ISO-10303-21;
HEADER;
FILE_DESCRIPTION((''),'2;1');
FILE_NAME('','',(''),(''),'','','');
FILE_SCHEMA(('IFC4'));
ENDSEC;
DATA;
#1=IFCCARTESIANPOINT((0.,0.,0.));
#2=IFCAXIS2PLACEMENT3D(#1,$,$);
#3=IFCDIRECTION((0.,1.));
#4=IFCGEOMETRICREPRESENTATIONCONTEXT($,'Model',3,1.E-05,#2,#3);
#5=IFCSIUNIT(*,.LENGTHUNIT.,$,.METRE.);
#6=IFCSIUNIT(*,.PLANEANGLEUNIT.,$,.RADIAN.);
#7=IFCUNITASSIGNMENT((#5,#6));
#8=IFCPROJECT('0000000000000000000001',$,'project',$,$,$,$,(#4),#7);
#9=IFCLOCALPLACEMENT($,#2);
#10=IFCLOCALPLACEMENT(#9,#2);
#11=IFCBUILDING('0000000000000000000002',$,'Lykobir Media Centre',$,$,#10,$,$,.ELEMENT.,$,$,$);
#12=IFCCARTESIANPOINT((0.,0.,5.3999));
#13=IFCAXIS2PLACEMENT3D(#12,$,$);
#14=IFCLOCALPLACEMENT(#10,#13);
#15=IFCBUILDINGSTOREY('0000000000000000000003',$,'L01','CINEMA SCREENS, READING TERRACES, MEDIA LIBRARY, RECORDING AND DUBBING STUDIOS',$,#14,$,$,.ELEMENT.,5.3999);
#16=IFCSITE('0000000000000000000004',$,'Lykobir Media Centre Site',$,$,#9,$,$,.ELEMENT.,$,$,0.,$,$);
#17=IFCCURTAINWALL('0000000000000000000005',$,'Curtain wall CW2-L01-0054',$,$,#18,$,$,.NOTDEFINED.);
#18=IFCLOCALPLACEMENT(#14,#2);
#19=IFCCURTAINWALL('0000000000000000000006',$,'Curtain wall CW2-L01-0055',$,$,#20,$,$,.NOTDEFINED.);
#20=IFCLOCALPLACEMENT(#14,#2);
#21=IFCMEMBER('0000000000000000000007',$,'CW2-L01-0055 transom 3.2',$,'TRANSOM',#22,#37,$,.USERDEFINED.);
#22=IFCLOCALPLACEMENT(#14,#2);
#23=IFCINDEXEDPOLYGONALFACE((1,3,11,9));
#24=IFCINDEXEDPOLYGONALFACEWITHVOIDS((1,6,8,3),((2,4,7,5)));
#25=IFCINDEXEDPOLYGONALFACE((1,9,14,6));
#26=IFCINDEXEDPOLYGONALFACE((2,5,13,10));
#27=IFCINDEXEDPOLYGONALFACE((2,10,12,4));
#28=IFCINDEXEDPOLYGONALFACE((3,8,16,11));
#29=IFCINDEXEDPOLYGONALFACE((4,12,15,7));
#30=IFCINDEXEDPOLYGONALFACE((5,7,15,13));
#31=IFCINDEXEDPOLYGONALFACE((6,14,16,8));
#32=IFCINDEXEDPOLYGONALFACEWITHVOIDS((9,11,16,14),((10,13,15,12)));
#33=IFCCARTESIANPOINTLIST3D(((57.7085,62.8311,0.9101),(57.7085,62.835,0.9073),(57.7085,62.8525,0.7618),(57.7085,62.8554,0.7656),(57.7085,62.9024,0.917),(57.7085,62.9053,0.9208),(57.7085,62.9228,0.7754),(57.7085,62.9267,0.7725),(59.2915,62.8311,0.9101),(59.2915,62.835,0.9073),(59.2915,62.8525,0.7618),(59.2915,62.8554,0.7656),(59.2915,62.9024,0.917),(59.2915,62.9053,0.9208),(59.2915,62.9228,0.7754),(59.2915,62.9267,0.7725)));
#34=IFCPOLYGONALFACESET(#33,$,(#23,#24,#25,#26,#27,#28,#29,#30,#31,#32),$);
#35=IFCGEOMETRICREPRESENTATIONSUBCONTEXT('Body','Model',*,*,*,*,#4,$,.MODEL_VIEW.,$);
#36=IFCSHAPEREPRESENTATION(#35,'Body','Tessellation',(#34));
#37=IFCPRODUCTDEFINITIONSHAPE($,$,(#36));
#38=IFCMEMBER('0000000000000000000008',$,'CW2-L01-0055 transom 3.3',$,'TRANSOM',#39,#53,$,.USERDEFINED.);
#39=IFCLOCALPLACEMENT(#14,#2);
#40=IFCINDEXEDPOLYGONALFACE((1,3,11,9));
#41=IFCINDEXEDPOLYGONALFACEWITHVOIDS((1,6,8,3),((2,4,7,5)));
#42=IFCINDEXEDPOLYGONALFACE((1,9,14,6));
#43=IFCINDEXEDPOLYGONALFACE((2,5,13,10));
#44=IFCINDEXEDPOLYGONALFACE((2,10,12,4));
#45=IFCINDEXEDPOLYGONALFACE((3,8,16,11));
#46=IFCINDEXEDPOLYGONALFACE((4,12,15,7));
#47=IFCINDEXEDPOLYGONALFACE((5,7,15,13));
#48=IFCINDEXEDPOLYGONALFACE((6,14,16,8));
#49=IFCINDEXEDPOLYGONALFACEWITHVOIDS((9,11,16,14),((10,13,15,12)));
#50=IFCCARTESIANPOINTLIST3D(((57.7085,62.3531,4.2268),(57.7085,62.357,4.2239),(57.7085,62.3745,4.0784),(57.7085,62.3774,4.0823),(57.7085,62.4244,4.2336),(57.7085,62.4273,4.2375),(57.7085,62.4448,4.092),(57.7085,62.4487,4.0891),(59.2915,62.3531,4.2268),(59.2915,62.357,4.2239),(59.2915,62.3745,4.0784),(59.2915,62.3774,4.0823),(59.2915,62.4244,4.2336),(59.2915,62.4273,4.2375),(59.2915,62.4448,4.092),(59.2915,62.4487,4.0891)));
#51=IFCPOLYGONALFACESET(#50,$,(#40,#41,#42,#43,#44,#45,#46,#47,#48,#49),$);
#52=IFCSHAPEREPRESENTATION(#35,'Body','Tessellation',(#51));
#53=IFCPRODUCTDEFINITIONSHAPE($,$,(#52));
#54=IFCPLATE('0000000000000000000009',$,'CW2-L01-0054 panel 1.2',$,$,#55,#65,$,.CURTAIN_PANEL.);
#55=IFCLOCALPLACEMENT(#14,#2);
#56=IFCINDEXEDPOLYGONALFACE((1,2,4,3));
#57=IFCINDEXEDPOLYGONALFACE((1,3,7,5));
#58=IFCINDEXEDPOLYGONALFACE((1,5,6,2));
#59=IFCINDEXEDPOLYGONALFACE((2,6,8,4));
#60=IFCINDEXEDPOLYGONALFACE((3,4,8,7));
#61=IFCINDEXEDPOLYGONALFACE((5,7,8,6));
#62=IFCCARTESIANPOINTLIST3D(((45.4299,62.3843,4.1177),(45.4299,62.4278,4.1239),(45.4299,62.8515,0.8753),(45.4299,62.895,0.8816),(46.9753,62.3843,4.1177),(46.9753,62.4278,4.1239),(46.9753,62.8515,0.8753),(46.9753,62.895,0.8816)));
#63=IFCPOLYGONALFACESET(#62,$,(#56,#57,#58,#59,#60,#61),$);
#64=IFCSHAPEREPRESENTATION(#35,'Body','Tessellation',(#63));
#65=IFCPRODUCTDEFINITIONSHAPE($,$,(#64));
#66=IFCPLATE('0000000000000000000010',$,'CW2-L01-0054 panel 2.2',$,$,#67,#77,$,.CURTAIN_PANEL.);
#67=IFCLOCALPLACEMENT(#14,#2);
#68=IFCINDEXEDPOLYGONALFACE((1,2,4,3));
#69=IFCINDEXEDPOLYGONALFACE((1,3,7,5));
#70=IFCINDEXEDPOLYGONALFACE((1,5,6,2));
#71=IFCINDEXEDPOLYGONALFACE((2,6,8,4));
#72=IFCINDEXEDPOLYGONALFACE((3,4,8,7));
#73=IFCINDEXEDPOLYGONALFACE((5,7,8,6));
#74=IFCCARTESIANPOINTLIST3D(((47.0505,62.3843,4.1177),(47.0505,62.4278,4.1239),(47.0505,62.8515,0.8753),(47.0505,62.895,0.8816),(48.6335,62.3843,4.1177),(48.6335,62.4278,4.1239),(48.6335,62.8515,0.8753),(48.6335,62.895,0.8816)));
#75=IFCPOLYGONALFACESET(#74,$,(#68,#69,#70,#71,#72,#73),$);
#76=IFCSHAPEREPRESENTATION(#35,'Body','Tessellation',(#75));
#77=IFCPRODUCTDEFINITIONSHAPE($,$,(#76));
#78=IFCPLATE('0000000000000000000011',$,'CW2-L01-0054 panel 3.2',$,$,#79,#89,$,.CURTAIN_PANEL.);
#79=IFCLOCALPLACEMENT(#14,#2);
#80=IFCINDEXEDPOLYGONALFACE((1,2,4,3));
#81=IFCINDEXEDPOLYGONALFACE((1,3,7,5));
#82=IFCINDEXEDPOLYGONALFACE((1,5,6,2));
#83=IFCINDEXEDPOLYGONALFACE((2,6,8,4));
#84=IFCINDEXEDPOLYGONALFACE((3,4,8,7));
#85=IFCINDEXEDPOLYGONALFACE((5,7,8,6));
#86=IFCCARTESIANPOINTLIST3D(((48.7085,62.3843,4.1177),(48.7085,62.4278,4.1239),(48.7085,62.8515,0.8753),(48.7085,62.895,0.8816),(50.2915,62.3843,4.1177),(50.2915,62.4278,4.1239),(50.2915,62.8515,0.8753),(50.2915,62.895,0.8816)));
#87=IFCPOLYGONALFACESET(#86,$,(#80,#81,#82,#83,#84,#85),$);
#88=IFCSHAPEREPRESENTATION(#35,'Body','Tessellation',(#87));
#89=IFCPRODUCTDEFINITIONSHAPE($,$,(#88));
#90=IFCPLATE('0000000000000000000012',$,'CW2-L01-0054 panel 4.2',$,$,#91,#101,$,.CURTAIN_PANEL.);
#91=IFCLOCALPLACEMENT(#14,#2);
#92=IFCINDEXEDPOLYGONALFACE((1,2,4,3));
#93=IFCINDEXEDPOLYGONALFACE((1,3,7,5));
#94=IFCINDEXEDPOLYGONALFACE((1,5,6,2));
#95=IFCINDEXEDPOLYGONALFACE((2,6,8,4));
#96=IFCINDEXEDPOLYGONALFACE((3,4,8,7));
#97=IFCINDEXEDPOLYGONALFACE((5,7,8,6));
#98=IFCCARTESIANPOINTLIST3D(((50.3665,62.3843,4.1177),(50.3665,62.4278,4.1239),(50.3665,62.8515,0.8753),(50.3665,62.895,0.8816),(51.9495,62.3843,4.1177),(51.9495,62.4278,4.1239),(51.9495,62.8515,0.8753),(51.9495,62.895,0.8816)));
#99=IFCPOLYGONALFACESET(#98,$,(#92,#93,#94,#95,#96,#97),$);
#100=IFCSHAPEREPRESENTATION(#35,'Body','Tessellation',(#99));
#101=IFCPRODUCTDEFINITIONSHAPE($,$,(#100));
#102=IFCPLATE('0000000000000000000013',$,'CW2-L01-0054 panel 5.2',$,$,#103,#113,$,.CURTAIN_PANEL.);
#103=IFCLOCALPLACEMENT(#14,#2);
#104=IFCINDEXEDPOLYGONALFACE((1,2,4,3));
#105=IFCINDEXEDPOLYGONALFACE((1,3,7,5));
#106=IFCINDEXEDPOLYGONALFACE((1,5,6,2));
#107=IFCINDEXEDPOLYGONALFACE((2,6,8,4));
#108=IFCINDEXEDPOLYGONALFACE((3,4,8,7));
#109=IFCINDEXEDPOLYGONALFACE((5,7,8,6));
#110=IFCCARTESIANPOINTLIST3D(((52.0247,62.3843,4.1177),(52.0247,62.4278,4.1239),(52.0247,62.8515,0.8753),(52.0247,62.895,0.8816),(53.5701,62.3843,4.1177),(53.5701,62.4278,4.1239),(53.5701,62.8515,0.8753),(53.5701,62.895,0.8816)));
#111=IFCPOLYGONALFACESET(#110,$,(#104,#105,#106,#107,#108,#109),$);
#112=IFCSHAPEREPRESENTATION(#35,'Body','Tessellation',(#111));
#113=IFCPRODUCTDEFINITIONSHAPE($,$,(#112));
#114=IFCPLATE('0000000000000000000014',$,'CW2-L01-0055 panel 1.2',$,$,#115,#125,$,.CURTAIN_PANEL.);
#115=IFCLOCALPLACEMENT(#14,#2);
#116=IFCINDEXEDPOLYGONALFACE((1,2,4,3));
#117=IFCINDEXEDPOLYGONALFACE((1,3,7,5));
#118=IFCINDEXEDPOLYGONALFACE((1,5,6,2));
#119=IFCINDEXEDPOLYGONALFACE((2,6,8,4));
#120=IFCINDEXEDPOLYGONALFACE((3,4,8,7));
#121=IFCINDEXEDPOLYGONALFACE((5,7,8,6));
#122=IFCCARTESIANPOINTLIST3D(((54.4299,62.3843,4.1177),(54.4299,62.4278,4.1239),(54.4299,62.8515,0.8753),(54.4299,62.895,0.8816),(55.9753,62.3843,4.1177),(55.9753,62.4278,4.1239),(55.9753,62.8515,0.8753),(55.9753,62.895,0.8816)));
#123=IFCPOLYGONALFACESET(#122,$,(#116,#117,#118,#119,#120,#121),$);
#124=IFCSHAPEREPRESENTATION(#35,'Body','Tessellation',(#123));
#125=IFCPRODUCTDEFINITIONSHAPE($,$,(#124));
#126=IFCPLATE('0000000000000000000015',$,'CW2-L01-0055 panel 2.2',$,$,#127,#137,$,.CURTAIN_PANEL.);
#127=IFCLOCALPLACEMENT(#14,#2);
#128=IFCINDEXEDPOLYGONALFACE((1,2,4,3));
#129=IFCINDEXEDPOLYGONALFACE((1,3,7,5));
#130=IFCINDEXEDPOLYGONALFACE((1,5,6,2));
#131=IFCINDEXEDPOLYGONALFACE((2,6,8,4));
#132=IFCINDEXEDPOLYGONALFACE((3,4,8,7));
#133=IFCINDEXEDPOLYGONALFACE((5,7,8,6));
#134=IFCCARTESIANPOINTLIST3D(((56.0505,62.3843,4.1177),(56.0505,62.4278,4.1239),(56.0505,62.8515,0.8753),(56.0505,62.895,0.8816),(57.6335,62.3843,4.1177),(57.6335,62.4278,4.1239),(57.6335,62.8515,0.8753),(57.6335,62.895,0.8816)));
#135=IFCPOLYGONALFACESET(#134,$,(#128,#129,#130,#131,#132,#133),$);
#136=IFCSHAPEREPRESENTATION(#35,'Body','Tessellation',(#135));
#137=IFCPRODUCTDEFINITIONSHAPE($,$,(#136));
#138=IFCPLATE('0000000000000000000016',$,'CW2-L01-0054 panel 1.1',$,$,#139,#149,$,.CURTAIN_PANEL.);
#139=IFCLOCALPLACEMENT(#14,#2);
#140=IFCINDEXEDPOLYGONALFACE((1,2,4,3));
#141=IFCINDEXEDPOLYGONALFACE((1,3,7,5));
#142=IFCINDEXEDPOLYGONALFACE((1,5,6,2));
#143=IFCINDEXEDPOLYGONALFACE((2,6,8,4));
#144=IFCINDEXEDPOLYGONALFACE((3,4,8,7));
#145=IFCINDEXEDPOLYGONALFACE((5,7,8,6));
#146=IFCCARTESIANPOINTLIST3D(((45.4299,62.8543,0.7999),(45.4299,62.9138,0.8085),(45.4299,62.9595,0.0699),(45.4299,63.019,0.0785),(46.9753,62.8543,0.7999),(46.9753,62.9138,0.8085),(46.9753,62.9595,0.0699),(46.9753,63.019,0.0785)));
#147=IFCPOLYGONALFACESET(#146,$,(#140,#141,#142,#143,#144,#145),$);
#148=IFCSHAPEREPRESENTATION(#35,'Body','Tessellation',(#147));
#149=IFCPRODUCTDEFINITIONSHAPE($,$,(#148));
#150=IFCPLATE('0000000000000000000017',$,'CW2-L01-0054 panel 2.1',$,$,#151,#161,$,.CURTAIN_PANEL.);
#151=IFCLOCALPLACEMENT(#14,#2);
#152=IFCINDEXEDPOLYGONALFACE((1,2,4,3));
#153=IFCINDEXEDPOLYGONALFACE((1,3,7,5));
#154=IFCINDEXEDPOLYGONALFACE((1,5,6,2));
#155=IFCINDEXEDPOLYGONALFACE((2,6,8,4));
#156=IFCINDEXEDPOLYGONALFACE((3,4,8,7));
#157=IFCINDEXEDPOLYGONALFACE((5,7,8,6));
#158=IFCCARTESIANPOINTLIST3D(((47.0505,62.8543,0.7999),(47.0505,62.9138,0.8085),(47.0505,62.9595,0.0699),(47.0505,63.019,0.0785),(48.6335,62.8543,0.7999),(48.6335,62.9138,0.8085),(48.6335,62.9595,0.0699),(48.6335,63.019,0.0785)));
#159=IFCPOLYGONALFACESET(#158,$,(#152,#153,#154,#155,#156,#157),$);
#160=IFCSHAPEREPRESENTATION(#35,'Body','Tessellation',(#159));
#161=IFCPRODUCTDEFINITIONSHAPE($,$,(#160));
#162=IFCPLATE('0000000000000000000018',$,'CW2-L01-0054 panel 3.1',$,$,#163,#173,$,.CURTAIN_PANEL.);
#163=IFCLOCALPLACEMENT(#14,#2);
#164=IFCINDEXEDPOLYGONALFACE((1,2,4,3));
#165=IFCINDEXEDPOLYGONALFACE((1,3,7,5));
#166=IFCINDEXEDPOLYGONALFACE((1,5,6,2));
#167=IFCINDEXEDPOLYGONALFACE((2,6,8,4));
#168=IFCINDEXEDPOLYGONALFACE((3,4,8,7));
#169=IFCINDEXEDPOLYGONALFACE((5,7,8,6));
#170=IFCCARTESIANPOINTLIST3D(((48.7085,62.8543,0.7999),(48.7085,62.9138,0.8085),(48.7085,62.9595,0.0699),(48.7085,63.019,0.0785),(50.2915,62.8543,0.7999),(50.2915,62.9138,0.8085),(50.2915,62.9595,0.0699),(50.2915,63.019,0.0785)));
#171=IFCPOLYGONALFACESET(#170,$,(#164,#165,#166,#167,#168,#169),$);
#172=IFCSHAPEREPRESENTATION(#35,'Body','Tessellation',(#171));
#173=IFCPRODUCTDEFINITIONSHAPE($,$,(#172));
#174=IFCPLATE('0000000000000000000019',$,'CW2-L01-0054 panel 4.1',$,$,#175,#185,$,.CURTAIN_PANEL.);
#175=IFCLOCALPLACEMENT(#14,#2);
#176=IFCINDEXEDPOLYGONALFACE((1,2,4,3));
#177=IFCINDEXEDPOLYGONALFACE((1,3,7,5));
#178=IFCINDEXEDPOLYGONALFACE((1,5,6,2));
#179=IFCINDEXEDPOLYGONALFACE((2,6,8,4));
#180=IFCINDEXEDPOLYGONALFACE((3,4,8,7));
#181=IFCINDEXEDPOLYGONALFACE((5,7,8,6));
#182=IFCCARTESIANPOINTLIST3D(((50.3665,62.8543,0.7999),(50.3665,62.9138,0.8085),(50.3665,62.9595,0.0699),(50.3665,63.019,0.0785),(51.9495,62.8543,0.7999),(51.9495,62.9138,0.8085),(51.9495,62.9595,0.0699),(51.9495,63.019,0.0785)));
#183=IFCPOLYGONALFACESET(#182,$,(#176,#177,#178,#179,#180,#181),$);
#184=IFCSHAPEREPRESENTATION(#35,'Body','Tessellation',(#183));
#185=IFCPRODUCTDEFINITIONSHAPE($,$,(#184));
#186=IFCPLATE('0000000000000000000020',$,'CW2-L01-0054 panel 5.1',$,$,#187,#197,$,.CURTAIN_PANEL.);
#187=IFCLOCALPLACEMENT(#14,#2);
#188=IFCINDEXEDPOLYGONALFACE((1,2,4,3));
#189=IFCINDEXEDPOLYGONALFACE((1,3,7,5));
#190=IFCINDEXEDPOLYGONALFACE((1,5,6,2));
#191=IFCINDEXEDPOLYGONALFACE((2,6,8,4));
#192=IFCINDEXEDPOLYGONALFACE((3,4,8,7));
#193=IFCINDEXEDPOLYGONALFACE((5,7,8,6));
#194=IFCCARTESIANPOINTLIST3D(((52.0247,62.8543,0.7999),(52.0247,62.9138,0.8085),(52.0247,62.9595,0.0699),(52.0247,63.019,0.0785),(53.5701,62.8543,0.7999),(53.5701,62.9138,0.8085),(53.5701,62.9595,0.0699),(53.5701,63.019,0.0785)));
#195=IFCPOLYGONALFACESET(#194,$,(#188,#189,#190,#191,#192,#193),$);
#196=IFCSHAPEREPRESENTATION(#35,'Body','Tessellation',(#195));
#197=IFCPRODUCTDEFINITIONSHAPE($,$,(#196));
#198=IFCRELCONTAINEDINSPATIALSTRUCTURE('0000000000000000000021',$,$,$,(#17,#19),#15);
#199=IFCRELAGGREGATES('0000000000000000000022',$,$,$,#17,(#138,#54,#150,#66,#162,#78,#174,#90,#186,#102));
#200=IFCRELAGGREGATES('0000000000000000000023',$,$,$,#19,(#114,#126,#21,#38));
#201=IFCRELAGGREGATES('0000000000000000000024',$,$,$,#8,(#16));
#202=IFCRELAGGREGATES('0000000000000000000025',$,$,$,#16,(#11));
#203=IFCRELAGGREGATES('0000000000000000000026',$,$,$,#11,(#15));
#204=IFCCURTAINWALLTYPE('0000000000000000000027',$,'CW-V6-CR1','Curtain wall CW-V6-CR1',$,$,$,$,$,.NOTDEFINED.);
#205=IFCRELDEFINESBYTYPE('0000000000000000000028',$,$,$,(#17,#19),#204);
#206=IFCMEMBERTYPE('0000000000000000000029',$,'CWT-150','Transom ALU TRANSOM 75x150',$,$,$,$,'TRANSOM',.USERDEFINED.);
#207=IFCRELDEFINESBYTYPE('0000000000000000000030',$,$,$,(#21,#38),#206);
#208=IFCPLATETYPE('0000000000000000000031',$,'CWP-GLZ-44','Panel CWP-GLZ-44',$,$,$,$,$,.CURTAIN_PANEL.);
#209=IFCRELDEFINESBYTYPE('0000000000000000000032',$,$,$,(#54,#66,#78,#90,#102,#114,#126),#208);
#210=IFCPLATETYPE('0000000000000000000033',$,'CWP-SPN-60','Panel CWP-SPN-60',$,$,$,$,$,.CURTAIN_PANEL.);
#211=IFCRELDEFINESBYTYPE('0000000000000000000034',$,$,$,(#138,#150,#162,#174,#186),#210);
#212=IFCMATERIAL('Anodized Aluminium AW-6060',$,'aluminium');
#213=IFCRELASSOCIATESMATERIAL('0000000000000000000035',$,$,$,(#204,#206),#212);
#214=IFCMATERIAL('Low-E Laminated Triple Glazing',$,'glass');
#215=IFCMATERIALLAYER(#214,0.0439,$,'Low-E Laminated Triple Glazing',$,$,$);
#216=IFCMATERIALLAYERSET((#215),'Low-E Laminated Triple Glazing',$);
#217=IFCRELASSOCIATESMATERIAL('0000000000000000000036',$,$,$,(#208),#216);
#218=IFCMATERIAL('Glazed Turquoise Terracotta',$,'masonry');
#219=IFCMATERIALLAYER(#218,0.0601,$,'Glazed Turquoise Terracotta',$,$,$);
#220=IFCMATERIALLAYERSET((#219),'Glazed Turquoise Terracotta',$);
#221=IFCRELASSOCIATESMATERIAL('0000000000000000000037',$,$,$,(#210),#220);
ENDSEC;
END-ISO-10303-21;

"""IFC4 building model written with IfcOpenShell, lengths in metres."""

from ifc_helpers import new_model, si_unit, direction, frame, origin, origin_2d, place, context, subcontext, project, spatial, rectangle, hollow_rectangle, extrude, material, layer, layer_set, material_profile, profile_set, type_object, element, aggregate, save


model = new_model("IFC4")

# Units and contexts
model_context = context("Model", 3, precision=1e-05, world=origin(), true_north=direction((0.0, 1.0)))
body_context = subcontext(model_context, "Body", "Model", "MODEL_VIEW")
ifc_project = project(units=[si_unit("LENGTHUNIT", "METRE"), si_unit("PLANEANGLEUNIT", "RADIAN")], contexts=[model_context])

# Site, building, storey
site_placement = place(None, origin())
site = spatial("IfcSite", under=ifc_project, at=site_placement, Name="Lykobir Media Centre Site", CompositionType="ELEMENT", RefElevation=0.0)
building_placement = place(site_placement, origin())
building = spatial("IfcBuilding", under=site, at=building_placement, Name="Lykobir Media Centre", CompositionType="ELEMENT")
storey_placement = place(building_placement, frame((0.0, 0.0, 5.3999)))
storey = spatial("IfcBuildingStorey", under=building, at=storey_placement, Name="L01", Description="CINEMA SCREENS, READING TERRACES, MEDIA LIBRARY, RECORDING AND DUBBING STUDIOS", CompositionType="ELEMENT", Elevation=5.3999)

# Curtain walls, members
ifc_material_1 = material(Name="Anodized Aluminium AW-6060", Category="aluminium")
curtain_wall_type = type_object("IfcCurtainWallType", Name="CW-V6-CR1", Description="Curtain wall CW-V6-CR1", PredefinedType="NOTDEFINED", material=ifc_material_1)
curtain_wall_1_placement = place(storey_placement, origin())
curtain_wall_1 = element("IfcCurtainWall", 1, at=curtain_wall_1_placement, inside=storey, type_object=curtain_wall_type, Name="Curtain wall CW2-L01-0054", PredefinedType="NOTDEFINED")
ifc_material_profile = material_profile(ifc_material_1, hollow_rectangle(XDim=0.075, YDim=0.1499, WallThickness=0.0034, at=origin_2d()), Name="ALU TRANSOM 75x150")
ifc_profile_set = profile_set([ifc_material_profile], Name="Anodized Aluminium AW-6060")
member_type = type_object("IfcMemberType", Name="CWT-150", Description="Transom ALU TRANSOM 75x150", ElementType="TRANSOM", PredefinedType="USERDEFINED", material=ifc_profile_set)
curtain_wall_2_placement = place(storey_placement, origin())
curtain_wall_2 = element("IfcCurtainWall", 2, at=curtain_wall_2_placement, inside=storey, type_object=curtain_wall_type, Name="Curtain wall CW2-L01-0055", PredefinedType="NOTDEFINED")
member_1_placement = place(storey_placement, frame((57.7085, 62.8789, 0.8413), z_axis=(1.0, 0.0, 0.0), x_axis=(0.0, 0.989776, 0.142629)))
member_1 = element("IfcMember", 3, at=member_1_placement, type_object=member_type, Name="CW2-L01-0055 transom 3.2", ObjectType="TRANSOM", PredefinedType="USERDEFINED", context=body_context, shape_type="SweptSolid", body=[
    extrude(hollow_rectangle(XDim=0.075, YDim=0.1499, WallThickness=0.0034, at=origin_2d()), origin(), (0.0, 0.0, 1.0), 1.583),
])
member_2_placement = place(storey_placement, frame((57.7085, 62.4009, 4.158), z_axis=(1.0, 0.0, 0.0), x_axis=(0.0, 0.989776, 0.142629)))
member_2 = element("IfcMember", 4, at=member_2_placement, type_object=member_type, Name="CW2-L01-0055 transom 3.3", ObjectType="TRANSOM", PredefinedType="USERDEFINED", context=body_context, shape_type="SweptSolid", body=[
    extrude(hollow_rectangle(XDim=0.075, YDim=0.1499, WallThickness=0.0034, at=origin_2d()), origin(), (0.0, 0.0, 1.0), 1.583),
])

# Plates
ifc_material_2 = material(Name="Low-E Laminated Triple Glazing", Category="glass")
ifc_layer_1 = layer(ifc_material_2, 0.0439, Name="Low-E Laminated Triple Glazing")
ifc_layer_set_1 = layer_set([ifc_layer_1], Name="Low-E Laminated Triple Glazing")
plate_type_1 = type_object("IfcPlateType", Name="CWP-GLZ-44", Description="Panel CWP-GLZ-44", PredefinedType="CURTAIN_PANEL", material=ifc_layer_set_1)
plate_1_placement = place(storey_placement, frame((46.2026, 62.8733, 0.8784), z_axis=(0.0, -0.142629, 0.989776), x_axis=(1.0, 0.0, 0.0)))
plate_1 = element("IfcPlate", 5, at=plate_1_placement, type_object=plate_type_1, Name="CW2-L01-0054 panel 1.2", PredefinedType="CURTAIN_PANEL", context=body_context, shape_type="SweptSolid", body=[
    extrude(rectangle(XDim=1.5454, YDim=0.0439, at=origin_2d()), origin(), (0.0, 0.0, 1.0), 3.2759),
])
plate_2_placement = place(storey_placement, frame((47.842, 62.8733, 0.8784), z_axis=(0.0, -0.142629, 0.989776), x_axis=(1.0, 0.0, 0.0)))
plate_2 = element("IfcPlate", 6, at=plate_2_placement, type_object=plate_type_1, Name="CW2-L01-0054 panel 2.2", PredefinedType="CURTAIN_PANEL", context=body_context, shape_type="SweptSolid", body=[
    extrude(rectangle(XDim=1.583, YDim=0.0439, at=origin_2d()), origin(), (0.0, 0.0, 1.0), 3.2759),
])
plate_3_placement = place(storey_placement, frame((49.5, 62.8733, 0.8784), z_axis=(0.0, -0.142629, 0.989776), x_axis=(1.0, 0.0, 0.0)))
plate_3 = element("IfcPlate", 7, at=plate_3_placement, type_object=plate_type_1, Name="CW2-L01-0054 panel 3.2", PredefinedType="CURTAIN_PANEL", context=body_context, shape_type="SweptSolid", body=[
    extrude(rectangle(XDim=1.583, YDim=0.0439, at=origin_2d()), origin(), (0.0, 0.0, 1.0), 3.2759),
])
plate_4_placement = place(storey_placement, frame((51.158, 62.8733, 0.8784), z_axis=(0.0, -0.142629, 0.989776), x_axis=(1.0, 0.0, 0.0)))
plate_4 = element("IfcPlate", 8, at=plate_4_placement, type_object=plate_type_1, Name="CW2-L01-0054 panel 4.2", PredefinedType="CURTAIN_PANEL", context=body_context, shape_type="SweptSolid", body=[
    extrude(rectangle(XDim=1.583, YDim=0.0439, at=origin_2d()), origin(), (0.0, 0.0, 1.0), 3.2759),
])
plate_5_placement = place(storey_placement, frame((52.7974, 62.8733, 0.8784), z_axis=(0.0, -0.142629, 0.989776), x_axis=(1.0, 0.0, 0.0)))
plate_5 = element("IfcPlate", 9, at=plate_5_placement, type_object=plate_type_1, Name="CW2-L01-0054 panel 5.2", PredefinedType="CURTAIN_PANEL", context=body_context, shape_type="SweptSolid", body=[
    extrude(rectangle(XDim=1.5454, YDim=0.0439, at=origin_2d()), origin(), (0.0, 0.0, 1.0), 3.2759),
])
plate_6_placement = place(storey_placement, frame((55.2026, 62.8733, 0.8784), z_axis=(0.0, -0.142629, 0.989776), x_axis=(1.0, 0.0, 0.0)))
plate_6 = element("IfcPlate", 10, at=plate_6_placement, type_object=plate_type_1, Name="CW2-L01-0055 panel 1.2", PredefinedType="CURTAIN_PANEL", context=body_context, shape_type="SweptSolid", body=[
    extrude(rectangle(XDim=1.5454, YDim=0.0439, at=origin_2d()), origin(), (0.0, 0.0, 1.0), 3.2759),
])
plate_7_placement = place(storey_placement, frame((56.842, 62.8733, 0.8784), z_axis=(0.0, -0.142629, 0.989776), x_axis=(1.0, 0.0, 0.0)))
plate_7 = element("IfcPlate", 11, at=plate_7_placement, type_object=plate_type_1, Name="CW2-L01-0055 panel 2.2", PredefinedType="CURTAIN_PANEL", context=body_context, shape_type="SweptSolid", body=[
    extrude(rectangle(XDim=1.583, YDim=0.0439, at=origin_2d()), origin(), (0.0, 0.0, 1.0), 3.2759),
])
ifc_material_3 = material(Name="Glazed Turquoise Terracotta", Category="masonry")
ifc_layer_2 = layer(ifc_material_3, 0.0601, Name="Glazed Turquoise Terracotta")
ifc_layer_set_2 = layer_set([ifc_layer_2], Name="Glazed Turquoise Terracotta")
plate_type_2 = type_object("IfcPlateType", Name="CWP-SPN-60", Description="Panel CWP-SPN-60", PredefinedType="CURTAIN_PANEL", material=ifc_layer_set_2)
plate_8_placement = place(storey_placement, frame((46.2026, 62.9893, 0.0742), z_axis=(0.0, -0.142629, 0.989776), x_axis=(1.0, 0.0, 0.0)))
plate_8 = element("IfcPlate", 12, at=plate_8_placement, type_object=plate_type_2, Name="CW2-L01-0054 panel 1.1", PredefinedType="CURTAIN_PANEL", context=body_context, shape_type="SweptSolid", body=[
    extrude(rectangle(XDim=1.5454, YDim=0.0601, at=origin_2d()), origin(), (0.0, 0.0, 1.0), 0.7375),
])
plate_9_placement = place(storey_placement, frame((47.842, 62.9893, 0.0742), z_axis=(0.0, -0.142629, 0.989776), x_axis=(1.0, 0.0, 0.0)))
plate_9 = element("IfcPlate", 13, at=plate_9_placement, type_object=plate_type_2, Name="CW2-L01-0054 panel 2.1", PredefinedType="CURTAIN_PANEL", context=body_context, shape_type="SweptSolid", body=[
    extrude(rectangle(XDim=1.583, YDim=0.0601, at=origin_2d()), origin(), (0.0, 0.0, 1.0), 0.7375),
])
plate_10_placement = place(storey_placement, frame((49.5, 62.9893, 0.0742), z_axis=(0.0, -0.142629, 0.989776), x_axis=(1.0, 0.0, 0.0)))
plate_10 = element("IfcPlate", 14, at=plate_10_placement, type_object=plate_type_2, Name="CW2-L01-0054 panel 3.1", PredefinedType="CURTAIN_PANEL", context=body_context, shape_type="SweptSolid", body=[
    extrude(rectangle(XDim=1.583, YDim=0.0601, at=origin_2d()), origin(), (0.0, 0.0, 1.0), 0.7375),
])
plate_11_placement = place(storey_placement, frame((51.158, 62.9893, 0.0742), z_axis=(0.0, -0.142629, 0.989776), x_axis=(1.0, 0.0, 0.0)))
plate_11 = element("IfcPlate", 15, at=plate_11_placement, type_object=plate_type_2, Name="CW2-L01-0054 panel 4.1", PredefinedType="CURTAIN_PANEL", context=body_context, shape_type="SweptSolid", body=[
    extrude(rectangle(XDim=1.583, YDim=0.0601, at=origin_2d()), origin(), (0.0, 0.0, 1.0), 0.7375),
])
plate_12_placement = place(storey_placement, frame((52.7974, 62.9893, 0.0742), z_axis=(0.0, -0.142629, 0.989776), x_axis=(1.0, 0.0, 0.0)))
plate_12 = element("IfcPlate", 16, at=plate_12_placement, type_object=plate_type_2, Name="CW2-L01-0054 panel 5.1", PredefinedType="CURTAIN_PANEL", context=body_context, shape_type="SweptSolid", body=[
    extrude(rectangle(XDim=1.5454, YDim=0.0601, at=origin_2d()), origin(), (0.0, 0.0, 1.0), 0.7375),
])
aggregate(curtain_wall_1, [plate_8, plate_1, plate_9, plate_2, plate_10, plate_3, plate_11, plate_4, plate_12, plate_5])
aggregate(curtain_wall_2, [plate_6, plate_7, member_1, member_2])

save(model, "model.ifc")
